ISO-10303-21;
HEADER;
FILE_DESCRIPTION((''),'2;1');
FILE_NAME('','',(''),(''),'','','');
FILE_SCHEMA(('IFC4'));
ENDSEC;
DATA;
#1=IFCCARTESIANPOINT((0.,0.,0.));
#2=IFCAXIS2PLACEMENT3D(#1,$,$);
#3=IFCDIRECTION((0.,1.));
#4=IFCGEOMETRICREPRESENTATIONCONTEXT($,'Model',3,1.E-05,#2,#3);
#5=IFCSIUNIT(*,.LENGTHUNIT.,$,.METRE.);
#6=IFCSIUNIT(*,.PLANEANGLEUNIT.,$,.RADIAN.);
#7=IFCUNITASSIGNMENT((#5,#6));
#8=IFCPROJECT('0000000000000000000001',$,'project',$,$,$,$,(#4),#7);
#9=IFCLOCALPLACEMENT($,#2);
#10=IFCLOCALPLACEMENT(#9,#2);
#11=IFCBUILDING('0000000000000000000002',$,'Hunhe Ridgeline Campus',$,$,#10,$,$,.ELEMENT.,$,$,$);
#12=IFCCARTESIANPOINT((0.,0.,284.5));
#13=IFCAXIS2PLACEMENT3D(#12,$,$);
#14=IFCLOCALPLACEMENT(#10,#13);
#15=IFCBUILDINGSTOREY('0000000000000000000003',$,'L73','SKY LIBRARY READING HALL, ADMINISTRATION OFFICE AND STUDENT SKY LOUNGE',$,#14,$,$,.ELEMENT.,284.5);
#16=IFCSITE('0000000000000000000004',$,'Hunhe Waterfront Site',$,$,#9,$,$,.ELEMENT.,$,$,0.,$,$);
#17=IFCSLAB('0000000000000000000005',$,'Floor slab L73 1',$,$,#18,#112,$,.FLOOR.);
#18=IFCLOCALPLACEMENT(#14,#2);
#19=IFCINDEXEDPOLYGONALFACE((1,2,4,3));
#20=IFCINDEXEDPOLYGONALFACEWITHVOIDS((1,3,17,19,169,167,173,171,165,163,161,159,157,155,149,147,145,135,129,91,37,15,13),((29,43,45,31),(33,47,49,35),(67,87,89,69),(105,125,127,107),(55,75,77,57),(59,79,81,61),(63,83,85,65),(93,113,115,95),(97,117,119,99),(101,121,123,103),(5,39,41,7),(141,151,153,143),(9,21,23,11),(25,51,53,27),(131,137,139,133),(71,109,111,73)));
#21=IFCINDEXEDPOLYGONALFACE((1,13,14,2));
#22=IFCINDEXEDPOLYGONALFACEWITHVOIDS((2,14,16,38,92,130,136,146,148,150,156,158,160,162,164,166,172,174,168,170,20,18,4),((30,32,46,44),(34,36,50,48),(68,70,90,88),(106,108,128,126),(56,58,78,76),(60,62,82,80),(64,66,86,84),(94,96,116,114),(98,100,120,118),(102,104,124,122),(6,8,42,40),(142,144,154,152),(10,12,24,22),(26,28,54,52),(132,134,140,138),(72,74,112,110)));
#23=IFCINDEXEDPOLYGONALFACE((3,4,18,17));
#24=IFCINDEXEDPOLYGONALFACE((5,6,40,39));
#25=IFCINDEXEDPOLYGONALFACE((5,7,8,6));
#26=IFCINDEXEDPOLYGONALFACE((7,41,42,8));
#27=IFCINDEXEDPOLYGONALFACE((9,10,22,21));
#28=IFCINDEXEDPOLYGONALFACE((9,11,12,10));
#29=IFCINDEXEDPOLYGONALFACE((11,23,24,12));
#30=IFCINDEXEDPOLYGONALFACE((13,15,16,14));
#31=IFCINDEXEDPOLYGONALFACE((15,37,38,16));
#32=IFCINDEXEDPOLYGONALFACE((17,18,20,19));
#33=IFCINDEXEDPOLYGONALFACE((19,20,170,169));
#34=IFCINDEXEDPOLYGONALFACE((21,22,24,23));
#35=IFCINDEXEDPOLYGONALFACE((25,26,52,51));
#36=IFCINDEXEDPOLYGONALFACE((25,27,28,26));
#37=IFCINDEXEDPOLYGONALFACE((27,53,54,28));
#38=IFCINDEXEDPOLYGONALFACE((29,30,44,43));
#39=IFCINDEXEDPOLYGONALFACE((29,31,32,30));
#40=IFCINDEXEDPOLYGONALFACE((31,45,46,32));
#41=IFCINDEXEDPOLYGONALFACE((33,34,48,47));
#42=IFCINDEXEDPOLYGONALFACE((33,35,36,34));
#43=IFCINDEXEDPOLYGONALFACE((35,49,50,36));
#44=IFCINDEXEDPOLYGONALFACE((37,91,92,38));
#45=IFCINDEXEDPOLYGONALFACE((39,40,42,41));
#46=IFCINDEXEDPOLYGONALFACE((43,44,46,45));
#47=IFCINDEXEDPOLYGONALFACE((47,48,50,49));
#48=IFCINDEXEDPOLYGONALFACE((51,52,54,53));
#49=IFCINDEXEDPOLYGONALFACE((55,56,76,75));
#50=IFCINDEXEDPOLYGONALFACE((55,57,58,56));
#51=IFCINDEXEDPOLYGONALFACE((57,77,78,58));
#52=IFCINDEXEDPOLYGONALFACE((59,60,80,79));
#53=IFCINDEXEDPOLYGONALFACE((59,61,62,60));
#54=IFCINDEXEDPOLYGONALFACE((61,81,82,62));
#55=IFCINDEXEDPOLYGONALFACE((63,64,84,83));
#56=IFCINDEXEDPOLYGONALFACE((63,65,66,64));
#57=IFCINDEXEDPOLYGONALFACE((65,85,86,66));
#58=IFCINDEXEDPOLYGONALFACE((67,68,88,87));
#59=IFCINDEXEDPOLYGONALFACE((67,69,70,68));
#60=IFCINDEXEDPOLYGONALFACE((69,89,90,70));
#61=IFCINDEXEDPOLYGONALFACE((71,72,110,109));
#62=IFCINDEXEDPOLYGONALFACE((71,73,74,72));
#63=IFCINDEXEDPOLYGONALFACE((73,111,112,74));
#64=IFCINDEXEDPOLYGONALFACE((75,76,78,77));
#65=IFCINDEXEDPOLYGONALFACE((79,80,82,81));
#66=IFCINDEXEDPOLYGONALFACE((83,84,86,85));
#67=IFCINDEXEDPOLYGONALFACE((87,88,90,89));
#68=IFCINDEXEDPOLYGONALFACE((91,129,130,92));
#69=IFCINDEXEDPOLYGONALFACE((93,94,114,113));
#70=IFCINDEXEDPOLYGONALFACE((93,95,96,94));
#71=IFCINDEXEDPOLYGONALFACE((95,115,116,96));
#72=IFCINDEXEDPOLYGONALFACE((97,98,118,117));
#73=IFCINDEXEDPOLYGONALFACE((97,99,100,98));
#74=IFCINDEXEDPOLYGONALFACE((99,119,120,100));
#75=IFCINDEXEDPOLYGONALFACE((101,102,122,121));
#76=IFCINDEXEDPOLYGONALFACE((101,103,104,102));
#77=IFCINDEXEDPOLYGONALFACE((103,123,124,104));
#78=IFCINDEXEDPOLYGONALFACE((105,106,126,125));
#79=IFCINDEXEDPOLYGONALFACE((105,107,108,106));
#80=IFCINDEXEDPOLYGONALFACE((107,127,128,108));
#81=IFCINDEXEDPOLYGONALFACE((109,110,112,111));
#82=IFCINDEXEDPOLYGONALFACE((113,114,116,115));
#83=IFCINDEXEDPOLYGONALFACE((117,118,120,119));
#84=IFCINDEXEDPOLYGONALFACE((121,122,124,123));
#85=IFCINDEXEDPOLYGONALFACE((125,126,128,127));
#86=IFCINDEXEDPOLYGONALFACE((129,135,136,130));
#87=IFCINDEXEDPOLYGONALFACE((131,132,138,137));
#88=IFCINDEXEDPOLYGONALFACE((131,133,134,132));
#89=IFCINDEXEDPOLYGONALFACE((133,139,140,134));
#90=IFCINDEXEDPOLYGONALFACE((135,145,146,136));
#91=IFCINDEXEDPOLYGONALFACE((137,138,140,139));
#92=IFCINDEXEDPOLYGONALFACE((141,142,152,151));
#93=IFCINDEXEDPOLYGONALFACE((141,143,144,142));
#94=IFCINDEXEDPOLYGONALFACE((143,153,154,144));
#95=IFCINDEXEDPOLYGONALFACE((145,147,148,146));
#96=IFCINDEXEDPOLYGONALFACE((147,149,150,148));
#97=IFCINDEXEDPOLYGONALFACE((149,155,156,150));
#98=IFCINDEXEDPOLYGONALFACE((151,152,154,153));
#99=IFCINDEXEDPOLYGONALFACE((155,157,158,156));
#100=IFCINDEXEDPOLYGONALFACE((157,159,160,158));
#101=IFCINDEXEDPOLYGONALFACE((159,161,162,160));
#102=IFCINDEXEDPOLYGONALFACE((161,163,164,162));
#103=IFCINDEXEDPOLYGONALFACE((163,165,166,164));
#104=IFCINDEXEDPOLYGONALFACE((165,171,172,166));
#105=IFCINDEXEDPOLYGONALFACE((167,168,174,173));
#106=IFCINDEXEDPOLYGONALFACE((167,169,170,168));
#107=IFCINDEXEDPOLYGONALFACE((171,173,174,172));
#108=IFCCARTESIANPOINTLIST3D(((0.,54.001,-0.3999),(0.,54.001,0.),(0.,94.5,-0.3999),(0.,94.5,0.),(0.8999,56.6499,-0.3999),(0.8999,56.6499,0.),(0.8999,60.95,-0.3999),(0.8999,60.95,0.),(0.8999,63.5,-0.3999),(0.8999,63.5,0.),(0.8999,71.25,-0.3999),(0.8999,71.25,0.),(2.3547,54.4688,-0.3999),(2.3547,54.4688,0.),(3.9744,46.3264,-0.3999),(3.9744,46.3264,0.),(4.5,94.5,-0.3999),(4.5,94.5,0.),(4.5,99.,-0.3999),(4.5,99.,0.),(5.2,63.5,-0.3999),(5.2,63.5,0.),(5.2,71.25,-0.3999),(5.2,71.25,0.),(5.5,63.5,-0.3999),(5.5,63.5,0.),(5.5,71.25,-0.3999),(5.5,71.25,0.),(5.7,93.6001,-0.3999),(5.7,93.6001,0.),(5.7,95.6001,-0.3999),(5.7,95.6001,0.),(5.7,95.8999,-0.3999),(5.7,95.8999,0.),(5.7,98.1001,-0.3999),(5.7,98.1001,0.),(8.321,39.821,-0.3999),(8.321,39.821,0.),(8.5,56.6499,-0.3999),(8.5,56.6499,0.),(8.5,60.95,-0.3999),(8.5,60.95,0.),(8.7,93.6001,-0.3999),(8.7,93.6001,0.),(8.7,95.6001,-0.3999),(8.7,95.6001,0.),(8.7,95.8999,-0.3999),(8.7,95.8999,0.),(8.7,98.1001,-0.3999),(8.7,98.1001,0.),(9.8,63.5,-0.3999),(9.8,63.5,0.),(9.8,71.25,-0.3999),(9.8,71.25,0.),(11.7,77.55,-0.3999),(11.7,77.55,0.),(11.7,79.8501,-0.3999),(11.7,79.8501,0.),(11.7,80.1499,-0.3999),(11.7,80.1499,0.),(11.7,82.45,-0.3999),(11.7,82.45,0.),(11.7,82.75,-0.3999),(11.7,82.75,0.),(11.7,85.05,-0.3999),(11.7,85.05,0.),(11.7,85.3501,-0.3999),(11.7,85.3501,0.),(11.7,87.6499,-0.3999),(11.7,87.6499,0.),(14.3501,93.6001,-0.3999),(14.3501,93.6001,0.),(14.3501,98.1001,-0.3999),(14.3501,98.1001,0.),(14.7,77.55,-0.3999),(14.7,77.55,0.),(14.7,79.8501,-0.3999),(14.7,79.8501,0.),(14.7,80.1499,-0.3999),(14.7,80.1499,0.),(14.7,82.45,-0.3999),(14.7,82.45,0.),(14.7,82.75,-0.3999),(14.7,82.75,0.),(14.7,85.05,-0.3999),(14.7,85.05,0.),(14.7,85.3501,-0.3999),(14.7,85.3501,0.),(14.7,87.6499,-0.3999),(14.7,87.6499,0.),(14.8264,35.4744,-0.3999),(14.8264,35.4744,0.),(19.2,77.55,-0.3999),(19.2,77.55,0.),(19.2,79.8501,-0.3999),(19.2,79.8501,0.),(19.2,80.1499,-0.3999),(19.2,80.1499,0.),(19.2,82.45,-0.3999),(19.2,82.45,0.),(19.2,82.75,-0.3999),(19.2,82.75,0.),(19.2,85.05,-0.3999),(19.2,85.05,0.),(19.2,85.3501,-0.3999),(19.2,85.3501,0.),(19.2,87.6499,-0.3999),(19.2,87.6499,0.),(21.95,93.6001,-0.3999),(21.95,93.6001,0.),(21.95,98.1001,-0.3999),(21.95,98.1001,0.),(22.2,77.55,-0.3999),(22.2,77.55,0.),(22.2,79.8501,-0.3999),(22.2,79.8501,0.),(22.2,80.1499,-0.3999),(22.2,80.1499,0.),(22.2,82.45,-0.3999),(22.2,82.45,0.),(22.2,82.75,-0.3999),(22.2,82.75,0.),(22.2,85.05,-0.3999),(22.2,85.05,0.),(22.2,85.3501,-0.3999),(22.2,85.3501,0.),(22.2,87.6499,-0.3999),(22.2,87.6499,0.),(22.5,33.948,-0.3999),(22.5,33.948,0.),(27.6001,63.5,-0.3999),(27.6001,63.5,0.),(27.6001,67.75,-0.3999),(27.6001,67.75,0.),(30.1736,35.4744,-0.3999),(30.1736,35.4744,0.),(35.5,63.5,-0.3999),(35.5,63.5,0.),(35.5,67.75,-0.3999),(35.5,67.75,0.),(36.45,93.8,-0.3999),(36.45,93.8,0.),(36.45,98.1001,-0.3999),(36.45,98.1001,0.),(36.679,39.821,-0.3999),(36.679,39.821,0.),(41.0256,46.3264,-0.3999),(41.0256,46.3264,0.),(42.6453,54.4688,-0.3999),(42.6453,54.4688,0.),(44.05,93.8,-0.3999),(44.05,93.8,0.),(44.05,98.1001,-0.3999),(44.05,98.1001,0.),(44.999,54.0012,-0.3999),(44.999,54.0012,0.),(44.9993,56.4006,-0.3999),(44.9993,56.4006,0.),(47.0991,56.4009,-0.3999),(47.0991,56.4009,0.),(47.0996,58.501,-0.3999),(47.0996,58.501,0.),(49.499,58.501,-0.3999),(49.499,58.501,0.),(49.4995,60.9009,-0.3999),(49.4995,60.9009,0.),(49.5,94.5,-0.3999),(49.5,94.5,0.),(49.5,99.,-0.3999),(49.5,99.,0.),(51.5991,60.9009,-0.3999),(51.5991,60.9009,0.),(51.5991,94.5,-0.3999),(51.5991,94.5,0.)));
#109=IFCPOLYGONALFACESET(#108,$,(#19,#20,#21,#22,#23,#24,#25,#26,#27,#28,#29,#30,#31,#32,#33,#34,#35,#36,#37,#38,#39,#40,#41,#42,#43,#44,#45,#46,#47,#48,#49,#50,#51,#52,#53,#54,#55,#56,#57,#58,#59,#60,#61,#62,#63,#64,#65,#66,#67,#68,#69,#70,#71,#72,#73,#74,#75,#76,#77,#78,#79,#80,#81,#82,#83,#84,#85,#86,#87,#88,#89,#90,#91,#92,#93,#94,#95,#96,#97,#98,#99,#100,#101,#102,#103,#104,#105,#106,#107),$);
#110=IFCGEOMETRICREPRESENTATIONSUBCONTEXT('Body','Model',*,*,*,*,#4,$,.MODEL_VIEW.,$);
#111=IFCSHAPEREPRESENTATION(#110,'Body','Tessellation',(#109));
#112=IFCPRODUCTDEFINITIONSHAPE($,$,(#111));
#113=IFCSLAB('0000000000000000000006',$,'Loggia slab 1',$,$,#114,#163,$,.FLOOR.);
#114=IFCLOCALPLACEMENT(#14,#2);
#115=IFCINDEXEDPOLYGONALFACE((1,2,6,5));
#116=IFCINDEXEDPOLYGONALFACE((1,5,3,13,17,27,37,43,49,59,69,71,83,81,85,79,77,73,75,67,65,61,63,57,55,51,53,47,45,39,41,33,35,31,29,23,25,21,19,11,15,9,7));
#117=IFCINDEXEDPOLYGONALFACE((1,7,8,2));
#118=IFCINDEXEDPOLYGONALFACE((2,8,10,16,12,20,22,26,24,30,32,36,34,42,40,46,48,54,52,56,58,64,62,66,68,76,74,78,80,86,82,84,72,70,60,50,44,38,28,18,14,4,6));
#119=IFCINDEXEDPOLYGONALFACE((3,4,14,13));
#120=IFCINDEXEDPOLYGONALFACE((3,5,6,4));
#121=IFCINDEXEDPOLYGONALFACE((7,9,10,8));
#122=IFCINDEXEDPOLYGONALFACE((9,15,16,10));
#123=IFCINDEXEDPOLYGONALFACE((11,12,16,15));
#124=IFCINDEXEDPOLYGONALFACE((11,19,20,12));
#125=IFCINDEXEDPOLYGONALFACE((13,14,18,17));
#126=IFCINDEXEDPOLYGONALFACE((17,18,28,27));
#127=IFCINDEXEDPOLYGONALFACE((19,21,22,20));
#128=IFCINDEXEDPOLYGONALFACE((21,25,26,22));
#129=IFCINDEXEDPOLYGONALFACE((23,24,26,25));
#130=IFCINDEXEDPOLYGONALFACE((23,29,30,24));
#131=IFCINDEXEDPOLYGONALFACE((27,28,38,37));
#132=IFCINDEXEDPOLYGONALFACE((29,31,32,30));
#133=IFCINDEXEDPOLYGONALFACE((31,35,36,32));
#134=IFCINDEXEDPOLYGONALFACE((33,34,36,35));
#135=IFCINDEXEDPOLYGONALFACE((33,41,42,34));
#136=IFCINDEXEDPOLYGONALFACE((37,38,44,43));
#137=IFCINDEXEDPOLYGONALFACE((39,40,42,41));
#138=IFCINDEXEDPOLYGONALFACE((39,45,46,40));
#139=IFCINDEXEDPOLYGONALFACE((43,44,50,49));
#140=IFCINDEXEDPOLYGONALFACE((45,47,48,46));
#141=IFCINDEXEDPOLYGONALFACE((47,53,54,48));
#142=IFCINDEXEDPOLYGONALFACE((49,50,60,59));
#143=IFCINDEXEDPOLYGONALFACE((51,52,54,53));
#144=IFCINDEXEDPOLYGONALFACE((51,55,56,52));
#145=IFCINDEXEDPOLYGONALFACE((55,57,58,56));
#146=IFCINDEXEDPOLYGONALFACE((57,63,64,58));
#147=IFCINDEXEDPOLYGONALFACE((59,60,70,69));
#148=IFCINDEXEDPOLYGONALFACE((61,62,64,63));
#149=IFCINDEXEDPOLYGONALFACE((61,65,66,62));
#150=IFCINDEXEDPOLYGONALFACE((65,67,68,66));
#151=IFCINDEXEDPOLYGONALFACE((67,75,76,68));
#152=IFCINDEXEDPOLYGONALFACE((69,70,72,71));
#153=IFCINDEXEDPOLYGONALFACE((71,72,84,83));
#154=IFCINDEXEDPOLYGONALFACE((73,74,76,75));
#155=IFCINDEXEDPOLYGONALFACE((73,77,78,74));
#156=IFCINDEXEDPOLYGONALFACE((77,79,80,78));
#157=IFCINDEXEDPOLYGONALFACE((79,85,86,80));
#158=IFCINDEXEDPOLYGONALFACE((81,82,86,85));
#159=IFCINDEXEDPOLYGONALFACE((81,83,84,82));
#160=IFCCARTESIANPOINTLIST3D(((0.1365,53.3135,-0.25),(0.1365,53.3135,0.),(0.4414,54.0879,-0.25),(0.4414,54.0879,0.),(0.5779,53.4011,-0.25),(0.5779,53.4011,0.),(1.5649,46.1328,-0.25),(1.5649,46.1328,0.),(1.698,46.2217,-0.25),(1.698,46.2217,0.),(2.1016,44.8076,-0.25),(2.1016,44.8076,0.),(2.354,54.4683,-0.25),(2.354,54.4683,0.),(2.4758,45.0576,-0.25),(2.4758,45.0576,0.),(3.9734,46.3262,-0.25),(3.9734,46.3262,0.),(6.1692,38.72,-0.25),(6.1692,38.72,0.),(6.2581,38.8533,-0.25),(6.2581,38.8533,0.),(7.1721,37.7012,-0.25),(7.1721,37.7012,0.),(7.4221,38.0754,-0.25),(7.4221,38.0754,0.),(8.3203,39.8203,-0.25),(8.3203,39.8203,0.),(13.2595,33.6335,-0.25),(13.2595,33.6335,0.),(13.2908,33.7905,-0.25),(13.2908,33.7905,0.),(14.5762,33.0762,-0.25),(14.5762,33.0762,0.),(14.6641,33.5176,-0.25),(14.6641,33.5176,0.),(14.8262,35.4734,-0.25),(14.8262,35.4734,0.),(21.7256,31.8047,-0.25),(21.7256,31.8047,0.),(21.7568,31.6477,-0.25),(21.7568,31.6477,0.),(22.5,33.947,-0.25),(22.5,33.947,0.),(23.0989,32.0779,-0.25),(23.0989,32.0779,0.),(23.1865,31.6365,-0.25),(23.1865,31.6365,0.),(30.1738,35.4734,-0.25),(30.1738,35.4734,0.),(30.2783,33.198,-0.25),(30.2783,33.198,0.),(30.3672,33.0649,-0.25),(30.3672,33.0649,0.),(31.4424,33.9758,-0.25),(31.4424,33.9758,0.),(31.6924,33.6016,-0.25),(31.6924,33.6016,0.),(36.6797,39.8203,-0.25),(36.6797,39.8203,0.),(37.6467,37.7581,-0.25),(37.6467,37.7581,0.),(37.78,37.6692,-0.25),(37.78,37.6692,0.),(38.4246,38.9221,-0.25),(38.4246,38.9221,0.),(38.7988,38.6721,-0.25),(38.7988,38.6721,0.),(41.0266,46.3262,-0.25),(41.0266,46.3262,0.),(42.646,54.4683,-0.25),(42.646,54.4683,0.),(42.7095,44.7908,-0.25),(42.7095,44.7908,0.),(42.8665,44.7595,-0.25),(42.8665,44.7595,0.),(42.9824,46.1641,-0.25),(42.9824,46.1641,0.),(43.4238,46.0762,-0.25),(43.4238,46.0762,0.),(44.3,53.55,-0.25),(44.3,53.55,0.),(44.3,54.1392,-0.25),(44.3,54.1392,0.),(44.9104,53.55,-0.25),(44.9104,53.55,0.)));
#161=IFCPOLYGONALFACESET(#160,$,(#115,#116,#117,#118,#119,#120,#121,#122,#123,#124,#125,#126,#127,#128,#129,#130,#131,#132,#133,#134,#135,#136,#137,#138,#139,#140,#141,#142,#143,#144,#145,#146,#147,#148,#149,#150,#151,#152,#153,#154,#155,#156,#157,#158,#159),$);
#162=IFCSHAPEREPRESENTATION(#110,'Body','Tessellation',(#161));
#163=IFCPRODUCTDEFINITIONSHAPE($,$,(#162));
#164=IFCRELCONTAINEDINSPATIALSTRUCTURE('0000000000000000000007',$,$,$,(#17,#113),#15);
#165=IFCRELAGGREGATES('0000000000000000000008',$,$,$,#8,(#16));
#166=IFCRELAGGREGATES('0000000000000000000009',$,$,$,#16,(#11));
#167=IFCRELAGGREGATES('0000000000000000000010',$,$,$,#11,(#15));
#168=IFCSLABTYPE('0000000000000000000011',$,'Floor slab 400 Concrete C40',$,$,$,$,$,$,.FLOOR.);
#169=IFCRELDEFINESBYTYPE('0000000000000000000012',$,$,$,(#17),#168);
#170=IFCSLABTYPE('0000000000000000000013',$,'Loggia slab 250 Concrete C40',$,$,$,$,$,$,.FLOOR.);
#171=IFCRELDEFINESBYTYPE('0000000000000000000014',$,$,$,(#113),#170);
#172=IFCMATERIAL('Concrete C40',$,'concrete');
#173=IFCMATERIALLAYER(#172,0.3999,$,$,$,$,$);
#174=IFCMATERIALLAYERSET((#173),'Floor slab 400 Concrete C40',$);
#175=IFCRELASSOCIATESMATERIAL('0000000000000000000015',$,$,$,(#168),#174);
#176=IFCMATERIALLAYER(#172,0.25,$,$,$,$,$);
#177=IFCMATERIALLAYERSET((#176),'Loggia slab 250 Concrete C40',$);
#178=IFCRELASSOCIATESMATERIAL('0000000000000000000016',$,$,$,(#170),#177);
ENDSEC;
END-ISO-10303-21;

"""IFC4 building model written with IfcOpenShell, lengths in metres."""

from ifc_helpers import new_model, si_unit, direction, frame, origin, place, context, subcontext, project, spatial, polyline, outline, extrude, material, layer, layer_set, type_object, element, save


model = new_model("IFC4")

# Units and contexts
model_context = context("Model", 3, precision=1e-05, world=origin(), true_north=direction((0.0, 1.0)))
body_context = subcontext(model_context, "Body", "Model", "MODEL_VIEW")
ifc_project = project(units=[si_unit("LENGTHUNIT", "METRE"), si_unit("PLANEANGLEUNIT", "RADIAN")], contexts=[model_context])

# Site, building, storey
site_placement = place(None, origin())
site = spatial("IfcSite", under=ifc_project, at=site_placement, Name="Hunhe Waterfront Site", CompositionType="ELEMENT", RefElevation=0.0)
building_placement = place(site_placement, origin())
building = spatial("IfcBuilding", under=site, at=building_placement, Name="Hunhe Ridgeline Campus", CompositionType="ELEMENT")
storey_placement = place(building_placement, frame((0.0, 0.0, 284.5)))
storey = spatial("IfcBuildingStorey", under=building, at=storey_placement, Name="L73", Description="SKY LIBRARY READING HALL, ADMINISTRATION OFFICE AND STUDENT SKY LOUNGE", CompositionType="ELEMENT", Elevation=284.5)

# Slabs
ifc_material_1 = material(Name="Concrete C40", Category="concrete")
ifc_layer_1 = layer(ifc_material_1, 0.3999)
ifc_layer_set_1 = layer_set([ifc_layer_1], Name="Floor slab 400 Concrete C40")
slab_type_1 = type_object("IfcSlabType", Name="Floor slab 400 Concrete C40", PredefinedType="FLOOR", material=ifc_layer_set_1)
slab_1_placement = place(storey_placement, frame((0.0, 0.0, -0.3999)))
element("IfcSlab", 1, at=slab_1_placement, inside=storey, type_object=slab_type_1, Name="Floor slab L73 1", PredefinedType="FLOOR", context=body_context, shape_type="SweptSolid", body=[
    extrude(outline(polyline([(36.679, 39.821), (41.0256, 46.3264), (42.6453, 54.4688), (44.999, 54.0012), (44.9993, 56.4006), (47.0991, 56.4009), (47.0996, 58.501), (49.499, 58.501), (49.4995, 60.9009), (51.5991, 60.9009), (51.5991, 94.5), (49.5, 94.5), (49.5, 99.0), (4.5, 99.0), (4.5, 94.5), (0.0, 94.5), (0.0, 54.001), (2.3547, 54.4688), (3.9744, 46.3264), (8.321, 39.821), (14.8264, 35.4744), (22.5, 33.948), (30.1736, 35.4744), (36.679, 39.821)]), holes=[polyline([(44.05, 98.1001), (36.45, 98.1001), (36.45, 93.8), (44.05, 93.8), (44.05, 98.1001)]), polyline([(27.6001, 67.75), (27.6001, 63.5), (35.5, 63.5), (35.5, 67.75), (27.6001, 67.75)]), polyline([(22.2, 85.3501), (22.2, 87.6499), (19.2, 87.6499), (19.2, 85.3501), (22.2, 85.3501)]), polyline([(22.2, 85.05), (19.2, 85.05), (19.2, 82.75), (22.2, 82.75), (22.2, 85.05)]), polyline([(19.2, 82.45), (19.2, 80.1499), (22.2, 80.1499), (22.2, 82.45), (19.2, 82.45)]), polyline([(19.2, 77.55), (22.2, 77.55), (22.2, 79.8501), (19.2, 79.8501), (19.2, 77.55)]), polyline([(21.95, 98.1001), (14.3501, 98.1001), (14.3501, 93.6001), (21.95, 93.6001), (21.95, 98.1001)]), polyline([(14.7, 85.3501), (14.7, 87.6499), (11.7, 87.6499), (11.7, 85.3501), (14.7, 85.3501)]), polyline([(14.7, 85.05), (11.7, 85.05), (11.7, 82.75), (14.7, 82.75), (14.7, 85.05)]), polyline([(11.7, 82.45), (11.7, 80.1499), (14.7, 80.1499), (14.7, 82.45), (11.7, 82.45)]), polyline([(11.7, 77.55), (14.7, 77.55), (14.7, 79.8501), (11.7, 79.8501), (11.7, 77.55)]), polyline([(5.5, 63.5), (9.8, 63.5), (9.8, 71.25), (5.5, 71.25), (5.5, 63.5)]), polyline([(5.7, 98.1001), (5.7, 95.8999), (8.7, 95.8999), (8.7, 98.1001), (5.7, 98.1001)]), polyline([(5.7, 93.6001), (8.7, 93.6001), (8.7, 95.6001), (5.7, 95.6001), (5.7, 93.6001)]), polyline([(0.8999, 60.95), (0.8999, 56.6499), (8.5, 56.6499), (8.5, 60.95), (0.8999, 60.95)]), polyline([(5.2, 63.5), (5.2, 71.25), (0.8999, 71.25), (0.8999, 63.5), (5.2, 63.5)])]), origin(), (0.0, 0.0, 1.0), 0.3999),
])
ifc_layer_2 = layer(ifc_material_1, 0.25)
ifc_layer_set_2 = layer_set([ifc_layer_2], Name="Loggia slab 250 Concrete C40")
slab_type_2 = type_object("IfcSlabType", Name="Loggia slab 250 Concrete C40", PredefinedType="FLOOR", material=ifc_layer_set_2)
slab_2_placement = place(storey_placement, frame((0.0, 0.0, -0.25)))
element("IfcSlab", 2, at=slab_2_placement, inside=storey, type_object=slab_type_2, Name="Loggia slab 1", PredefinedType="FLOOR", context=body_context, shape_type="SweptSolid", body=[
    extrude(outline(polyline([(30.1738, 35.4734), (22.5, 33.947), (14.8262, 35.4734), (8.3203, 39.8203), (3.9734, 46.3262), (2.354, 54.4683), (0.4414, 54.0879), (0.5779, 53.4011), (0.1365, 53.3135), (1.5649, 46.1328), (1.698, 46.2217), (2.4758, 45.0576), (2.1016, 44.8076), (6.1692, 38.72), (6.2581, 38.8533), (7.4221, 38.0754), (7.1721, 37.7012), (13.2595, 33.6335), (13.2908, 33.7905), (14.6641, 33.5176), (14.5762, 33.0762), (21.7568, 31.6477), (21.7256, 31.8047), (23.0989, 32.0779), (23.1865, 31.6365), (30.3672, 33.0649), (30.2783, 33.198), (31.4424, 33.9758), (31.6924, 33.6016), (37.78, 37.6692), (37.6467, 37.7581), (38.4246, 38.9221), (38.7988, 38.6721), (42.8665, 44.7595), (42.7095, 44.7908), (42.9824, 46.1641), (43.4238, 46.0762), (44.9104, 53.55), (44.3, 53.55), (44.3, 54.1392), (42.646, 54.4683), (41.0266, 46.3262), (36.6797, 39.8203), (30.1738, 35.4734)])), origin(), (0.0, 0.0, 1.0), 0.25),
])

save(model, "model.ifc")
